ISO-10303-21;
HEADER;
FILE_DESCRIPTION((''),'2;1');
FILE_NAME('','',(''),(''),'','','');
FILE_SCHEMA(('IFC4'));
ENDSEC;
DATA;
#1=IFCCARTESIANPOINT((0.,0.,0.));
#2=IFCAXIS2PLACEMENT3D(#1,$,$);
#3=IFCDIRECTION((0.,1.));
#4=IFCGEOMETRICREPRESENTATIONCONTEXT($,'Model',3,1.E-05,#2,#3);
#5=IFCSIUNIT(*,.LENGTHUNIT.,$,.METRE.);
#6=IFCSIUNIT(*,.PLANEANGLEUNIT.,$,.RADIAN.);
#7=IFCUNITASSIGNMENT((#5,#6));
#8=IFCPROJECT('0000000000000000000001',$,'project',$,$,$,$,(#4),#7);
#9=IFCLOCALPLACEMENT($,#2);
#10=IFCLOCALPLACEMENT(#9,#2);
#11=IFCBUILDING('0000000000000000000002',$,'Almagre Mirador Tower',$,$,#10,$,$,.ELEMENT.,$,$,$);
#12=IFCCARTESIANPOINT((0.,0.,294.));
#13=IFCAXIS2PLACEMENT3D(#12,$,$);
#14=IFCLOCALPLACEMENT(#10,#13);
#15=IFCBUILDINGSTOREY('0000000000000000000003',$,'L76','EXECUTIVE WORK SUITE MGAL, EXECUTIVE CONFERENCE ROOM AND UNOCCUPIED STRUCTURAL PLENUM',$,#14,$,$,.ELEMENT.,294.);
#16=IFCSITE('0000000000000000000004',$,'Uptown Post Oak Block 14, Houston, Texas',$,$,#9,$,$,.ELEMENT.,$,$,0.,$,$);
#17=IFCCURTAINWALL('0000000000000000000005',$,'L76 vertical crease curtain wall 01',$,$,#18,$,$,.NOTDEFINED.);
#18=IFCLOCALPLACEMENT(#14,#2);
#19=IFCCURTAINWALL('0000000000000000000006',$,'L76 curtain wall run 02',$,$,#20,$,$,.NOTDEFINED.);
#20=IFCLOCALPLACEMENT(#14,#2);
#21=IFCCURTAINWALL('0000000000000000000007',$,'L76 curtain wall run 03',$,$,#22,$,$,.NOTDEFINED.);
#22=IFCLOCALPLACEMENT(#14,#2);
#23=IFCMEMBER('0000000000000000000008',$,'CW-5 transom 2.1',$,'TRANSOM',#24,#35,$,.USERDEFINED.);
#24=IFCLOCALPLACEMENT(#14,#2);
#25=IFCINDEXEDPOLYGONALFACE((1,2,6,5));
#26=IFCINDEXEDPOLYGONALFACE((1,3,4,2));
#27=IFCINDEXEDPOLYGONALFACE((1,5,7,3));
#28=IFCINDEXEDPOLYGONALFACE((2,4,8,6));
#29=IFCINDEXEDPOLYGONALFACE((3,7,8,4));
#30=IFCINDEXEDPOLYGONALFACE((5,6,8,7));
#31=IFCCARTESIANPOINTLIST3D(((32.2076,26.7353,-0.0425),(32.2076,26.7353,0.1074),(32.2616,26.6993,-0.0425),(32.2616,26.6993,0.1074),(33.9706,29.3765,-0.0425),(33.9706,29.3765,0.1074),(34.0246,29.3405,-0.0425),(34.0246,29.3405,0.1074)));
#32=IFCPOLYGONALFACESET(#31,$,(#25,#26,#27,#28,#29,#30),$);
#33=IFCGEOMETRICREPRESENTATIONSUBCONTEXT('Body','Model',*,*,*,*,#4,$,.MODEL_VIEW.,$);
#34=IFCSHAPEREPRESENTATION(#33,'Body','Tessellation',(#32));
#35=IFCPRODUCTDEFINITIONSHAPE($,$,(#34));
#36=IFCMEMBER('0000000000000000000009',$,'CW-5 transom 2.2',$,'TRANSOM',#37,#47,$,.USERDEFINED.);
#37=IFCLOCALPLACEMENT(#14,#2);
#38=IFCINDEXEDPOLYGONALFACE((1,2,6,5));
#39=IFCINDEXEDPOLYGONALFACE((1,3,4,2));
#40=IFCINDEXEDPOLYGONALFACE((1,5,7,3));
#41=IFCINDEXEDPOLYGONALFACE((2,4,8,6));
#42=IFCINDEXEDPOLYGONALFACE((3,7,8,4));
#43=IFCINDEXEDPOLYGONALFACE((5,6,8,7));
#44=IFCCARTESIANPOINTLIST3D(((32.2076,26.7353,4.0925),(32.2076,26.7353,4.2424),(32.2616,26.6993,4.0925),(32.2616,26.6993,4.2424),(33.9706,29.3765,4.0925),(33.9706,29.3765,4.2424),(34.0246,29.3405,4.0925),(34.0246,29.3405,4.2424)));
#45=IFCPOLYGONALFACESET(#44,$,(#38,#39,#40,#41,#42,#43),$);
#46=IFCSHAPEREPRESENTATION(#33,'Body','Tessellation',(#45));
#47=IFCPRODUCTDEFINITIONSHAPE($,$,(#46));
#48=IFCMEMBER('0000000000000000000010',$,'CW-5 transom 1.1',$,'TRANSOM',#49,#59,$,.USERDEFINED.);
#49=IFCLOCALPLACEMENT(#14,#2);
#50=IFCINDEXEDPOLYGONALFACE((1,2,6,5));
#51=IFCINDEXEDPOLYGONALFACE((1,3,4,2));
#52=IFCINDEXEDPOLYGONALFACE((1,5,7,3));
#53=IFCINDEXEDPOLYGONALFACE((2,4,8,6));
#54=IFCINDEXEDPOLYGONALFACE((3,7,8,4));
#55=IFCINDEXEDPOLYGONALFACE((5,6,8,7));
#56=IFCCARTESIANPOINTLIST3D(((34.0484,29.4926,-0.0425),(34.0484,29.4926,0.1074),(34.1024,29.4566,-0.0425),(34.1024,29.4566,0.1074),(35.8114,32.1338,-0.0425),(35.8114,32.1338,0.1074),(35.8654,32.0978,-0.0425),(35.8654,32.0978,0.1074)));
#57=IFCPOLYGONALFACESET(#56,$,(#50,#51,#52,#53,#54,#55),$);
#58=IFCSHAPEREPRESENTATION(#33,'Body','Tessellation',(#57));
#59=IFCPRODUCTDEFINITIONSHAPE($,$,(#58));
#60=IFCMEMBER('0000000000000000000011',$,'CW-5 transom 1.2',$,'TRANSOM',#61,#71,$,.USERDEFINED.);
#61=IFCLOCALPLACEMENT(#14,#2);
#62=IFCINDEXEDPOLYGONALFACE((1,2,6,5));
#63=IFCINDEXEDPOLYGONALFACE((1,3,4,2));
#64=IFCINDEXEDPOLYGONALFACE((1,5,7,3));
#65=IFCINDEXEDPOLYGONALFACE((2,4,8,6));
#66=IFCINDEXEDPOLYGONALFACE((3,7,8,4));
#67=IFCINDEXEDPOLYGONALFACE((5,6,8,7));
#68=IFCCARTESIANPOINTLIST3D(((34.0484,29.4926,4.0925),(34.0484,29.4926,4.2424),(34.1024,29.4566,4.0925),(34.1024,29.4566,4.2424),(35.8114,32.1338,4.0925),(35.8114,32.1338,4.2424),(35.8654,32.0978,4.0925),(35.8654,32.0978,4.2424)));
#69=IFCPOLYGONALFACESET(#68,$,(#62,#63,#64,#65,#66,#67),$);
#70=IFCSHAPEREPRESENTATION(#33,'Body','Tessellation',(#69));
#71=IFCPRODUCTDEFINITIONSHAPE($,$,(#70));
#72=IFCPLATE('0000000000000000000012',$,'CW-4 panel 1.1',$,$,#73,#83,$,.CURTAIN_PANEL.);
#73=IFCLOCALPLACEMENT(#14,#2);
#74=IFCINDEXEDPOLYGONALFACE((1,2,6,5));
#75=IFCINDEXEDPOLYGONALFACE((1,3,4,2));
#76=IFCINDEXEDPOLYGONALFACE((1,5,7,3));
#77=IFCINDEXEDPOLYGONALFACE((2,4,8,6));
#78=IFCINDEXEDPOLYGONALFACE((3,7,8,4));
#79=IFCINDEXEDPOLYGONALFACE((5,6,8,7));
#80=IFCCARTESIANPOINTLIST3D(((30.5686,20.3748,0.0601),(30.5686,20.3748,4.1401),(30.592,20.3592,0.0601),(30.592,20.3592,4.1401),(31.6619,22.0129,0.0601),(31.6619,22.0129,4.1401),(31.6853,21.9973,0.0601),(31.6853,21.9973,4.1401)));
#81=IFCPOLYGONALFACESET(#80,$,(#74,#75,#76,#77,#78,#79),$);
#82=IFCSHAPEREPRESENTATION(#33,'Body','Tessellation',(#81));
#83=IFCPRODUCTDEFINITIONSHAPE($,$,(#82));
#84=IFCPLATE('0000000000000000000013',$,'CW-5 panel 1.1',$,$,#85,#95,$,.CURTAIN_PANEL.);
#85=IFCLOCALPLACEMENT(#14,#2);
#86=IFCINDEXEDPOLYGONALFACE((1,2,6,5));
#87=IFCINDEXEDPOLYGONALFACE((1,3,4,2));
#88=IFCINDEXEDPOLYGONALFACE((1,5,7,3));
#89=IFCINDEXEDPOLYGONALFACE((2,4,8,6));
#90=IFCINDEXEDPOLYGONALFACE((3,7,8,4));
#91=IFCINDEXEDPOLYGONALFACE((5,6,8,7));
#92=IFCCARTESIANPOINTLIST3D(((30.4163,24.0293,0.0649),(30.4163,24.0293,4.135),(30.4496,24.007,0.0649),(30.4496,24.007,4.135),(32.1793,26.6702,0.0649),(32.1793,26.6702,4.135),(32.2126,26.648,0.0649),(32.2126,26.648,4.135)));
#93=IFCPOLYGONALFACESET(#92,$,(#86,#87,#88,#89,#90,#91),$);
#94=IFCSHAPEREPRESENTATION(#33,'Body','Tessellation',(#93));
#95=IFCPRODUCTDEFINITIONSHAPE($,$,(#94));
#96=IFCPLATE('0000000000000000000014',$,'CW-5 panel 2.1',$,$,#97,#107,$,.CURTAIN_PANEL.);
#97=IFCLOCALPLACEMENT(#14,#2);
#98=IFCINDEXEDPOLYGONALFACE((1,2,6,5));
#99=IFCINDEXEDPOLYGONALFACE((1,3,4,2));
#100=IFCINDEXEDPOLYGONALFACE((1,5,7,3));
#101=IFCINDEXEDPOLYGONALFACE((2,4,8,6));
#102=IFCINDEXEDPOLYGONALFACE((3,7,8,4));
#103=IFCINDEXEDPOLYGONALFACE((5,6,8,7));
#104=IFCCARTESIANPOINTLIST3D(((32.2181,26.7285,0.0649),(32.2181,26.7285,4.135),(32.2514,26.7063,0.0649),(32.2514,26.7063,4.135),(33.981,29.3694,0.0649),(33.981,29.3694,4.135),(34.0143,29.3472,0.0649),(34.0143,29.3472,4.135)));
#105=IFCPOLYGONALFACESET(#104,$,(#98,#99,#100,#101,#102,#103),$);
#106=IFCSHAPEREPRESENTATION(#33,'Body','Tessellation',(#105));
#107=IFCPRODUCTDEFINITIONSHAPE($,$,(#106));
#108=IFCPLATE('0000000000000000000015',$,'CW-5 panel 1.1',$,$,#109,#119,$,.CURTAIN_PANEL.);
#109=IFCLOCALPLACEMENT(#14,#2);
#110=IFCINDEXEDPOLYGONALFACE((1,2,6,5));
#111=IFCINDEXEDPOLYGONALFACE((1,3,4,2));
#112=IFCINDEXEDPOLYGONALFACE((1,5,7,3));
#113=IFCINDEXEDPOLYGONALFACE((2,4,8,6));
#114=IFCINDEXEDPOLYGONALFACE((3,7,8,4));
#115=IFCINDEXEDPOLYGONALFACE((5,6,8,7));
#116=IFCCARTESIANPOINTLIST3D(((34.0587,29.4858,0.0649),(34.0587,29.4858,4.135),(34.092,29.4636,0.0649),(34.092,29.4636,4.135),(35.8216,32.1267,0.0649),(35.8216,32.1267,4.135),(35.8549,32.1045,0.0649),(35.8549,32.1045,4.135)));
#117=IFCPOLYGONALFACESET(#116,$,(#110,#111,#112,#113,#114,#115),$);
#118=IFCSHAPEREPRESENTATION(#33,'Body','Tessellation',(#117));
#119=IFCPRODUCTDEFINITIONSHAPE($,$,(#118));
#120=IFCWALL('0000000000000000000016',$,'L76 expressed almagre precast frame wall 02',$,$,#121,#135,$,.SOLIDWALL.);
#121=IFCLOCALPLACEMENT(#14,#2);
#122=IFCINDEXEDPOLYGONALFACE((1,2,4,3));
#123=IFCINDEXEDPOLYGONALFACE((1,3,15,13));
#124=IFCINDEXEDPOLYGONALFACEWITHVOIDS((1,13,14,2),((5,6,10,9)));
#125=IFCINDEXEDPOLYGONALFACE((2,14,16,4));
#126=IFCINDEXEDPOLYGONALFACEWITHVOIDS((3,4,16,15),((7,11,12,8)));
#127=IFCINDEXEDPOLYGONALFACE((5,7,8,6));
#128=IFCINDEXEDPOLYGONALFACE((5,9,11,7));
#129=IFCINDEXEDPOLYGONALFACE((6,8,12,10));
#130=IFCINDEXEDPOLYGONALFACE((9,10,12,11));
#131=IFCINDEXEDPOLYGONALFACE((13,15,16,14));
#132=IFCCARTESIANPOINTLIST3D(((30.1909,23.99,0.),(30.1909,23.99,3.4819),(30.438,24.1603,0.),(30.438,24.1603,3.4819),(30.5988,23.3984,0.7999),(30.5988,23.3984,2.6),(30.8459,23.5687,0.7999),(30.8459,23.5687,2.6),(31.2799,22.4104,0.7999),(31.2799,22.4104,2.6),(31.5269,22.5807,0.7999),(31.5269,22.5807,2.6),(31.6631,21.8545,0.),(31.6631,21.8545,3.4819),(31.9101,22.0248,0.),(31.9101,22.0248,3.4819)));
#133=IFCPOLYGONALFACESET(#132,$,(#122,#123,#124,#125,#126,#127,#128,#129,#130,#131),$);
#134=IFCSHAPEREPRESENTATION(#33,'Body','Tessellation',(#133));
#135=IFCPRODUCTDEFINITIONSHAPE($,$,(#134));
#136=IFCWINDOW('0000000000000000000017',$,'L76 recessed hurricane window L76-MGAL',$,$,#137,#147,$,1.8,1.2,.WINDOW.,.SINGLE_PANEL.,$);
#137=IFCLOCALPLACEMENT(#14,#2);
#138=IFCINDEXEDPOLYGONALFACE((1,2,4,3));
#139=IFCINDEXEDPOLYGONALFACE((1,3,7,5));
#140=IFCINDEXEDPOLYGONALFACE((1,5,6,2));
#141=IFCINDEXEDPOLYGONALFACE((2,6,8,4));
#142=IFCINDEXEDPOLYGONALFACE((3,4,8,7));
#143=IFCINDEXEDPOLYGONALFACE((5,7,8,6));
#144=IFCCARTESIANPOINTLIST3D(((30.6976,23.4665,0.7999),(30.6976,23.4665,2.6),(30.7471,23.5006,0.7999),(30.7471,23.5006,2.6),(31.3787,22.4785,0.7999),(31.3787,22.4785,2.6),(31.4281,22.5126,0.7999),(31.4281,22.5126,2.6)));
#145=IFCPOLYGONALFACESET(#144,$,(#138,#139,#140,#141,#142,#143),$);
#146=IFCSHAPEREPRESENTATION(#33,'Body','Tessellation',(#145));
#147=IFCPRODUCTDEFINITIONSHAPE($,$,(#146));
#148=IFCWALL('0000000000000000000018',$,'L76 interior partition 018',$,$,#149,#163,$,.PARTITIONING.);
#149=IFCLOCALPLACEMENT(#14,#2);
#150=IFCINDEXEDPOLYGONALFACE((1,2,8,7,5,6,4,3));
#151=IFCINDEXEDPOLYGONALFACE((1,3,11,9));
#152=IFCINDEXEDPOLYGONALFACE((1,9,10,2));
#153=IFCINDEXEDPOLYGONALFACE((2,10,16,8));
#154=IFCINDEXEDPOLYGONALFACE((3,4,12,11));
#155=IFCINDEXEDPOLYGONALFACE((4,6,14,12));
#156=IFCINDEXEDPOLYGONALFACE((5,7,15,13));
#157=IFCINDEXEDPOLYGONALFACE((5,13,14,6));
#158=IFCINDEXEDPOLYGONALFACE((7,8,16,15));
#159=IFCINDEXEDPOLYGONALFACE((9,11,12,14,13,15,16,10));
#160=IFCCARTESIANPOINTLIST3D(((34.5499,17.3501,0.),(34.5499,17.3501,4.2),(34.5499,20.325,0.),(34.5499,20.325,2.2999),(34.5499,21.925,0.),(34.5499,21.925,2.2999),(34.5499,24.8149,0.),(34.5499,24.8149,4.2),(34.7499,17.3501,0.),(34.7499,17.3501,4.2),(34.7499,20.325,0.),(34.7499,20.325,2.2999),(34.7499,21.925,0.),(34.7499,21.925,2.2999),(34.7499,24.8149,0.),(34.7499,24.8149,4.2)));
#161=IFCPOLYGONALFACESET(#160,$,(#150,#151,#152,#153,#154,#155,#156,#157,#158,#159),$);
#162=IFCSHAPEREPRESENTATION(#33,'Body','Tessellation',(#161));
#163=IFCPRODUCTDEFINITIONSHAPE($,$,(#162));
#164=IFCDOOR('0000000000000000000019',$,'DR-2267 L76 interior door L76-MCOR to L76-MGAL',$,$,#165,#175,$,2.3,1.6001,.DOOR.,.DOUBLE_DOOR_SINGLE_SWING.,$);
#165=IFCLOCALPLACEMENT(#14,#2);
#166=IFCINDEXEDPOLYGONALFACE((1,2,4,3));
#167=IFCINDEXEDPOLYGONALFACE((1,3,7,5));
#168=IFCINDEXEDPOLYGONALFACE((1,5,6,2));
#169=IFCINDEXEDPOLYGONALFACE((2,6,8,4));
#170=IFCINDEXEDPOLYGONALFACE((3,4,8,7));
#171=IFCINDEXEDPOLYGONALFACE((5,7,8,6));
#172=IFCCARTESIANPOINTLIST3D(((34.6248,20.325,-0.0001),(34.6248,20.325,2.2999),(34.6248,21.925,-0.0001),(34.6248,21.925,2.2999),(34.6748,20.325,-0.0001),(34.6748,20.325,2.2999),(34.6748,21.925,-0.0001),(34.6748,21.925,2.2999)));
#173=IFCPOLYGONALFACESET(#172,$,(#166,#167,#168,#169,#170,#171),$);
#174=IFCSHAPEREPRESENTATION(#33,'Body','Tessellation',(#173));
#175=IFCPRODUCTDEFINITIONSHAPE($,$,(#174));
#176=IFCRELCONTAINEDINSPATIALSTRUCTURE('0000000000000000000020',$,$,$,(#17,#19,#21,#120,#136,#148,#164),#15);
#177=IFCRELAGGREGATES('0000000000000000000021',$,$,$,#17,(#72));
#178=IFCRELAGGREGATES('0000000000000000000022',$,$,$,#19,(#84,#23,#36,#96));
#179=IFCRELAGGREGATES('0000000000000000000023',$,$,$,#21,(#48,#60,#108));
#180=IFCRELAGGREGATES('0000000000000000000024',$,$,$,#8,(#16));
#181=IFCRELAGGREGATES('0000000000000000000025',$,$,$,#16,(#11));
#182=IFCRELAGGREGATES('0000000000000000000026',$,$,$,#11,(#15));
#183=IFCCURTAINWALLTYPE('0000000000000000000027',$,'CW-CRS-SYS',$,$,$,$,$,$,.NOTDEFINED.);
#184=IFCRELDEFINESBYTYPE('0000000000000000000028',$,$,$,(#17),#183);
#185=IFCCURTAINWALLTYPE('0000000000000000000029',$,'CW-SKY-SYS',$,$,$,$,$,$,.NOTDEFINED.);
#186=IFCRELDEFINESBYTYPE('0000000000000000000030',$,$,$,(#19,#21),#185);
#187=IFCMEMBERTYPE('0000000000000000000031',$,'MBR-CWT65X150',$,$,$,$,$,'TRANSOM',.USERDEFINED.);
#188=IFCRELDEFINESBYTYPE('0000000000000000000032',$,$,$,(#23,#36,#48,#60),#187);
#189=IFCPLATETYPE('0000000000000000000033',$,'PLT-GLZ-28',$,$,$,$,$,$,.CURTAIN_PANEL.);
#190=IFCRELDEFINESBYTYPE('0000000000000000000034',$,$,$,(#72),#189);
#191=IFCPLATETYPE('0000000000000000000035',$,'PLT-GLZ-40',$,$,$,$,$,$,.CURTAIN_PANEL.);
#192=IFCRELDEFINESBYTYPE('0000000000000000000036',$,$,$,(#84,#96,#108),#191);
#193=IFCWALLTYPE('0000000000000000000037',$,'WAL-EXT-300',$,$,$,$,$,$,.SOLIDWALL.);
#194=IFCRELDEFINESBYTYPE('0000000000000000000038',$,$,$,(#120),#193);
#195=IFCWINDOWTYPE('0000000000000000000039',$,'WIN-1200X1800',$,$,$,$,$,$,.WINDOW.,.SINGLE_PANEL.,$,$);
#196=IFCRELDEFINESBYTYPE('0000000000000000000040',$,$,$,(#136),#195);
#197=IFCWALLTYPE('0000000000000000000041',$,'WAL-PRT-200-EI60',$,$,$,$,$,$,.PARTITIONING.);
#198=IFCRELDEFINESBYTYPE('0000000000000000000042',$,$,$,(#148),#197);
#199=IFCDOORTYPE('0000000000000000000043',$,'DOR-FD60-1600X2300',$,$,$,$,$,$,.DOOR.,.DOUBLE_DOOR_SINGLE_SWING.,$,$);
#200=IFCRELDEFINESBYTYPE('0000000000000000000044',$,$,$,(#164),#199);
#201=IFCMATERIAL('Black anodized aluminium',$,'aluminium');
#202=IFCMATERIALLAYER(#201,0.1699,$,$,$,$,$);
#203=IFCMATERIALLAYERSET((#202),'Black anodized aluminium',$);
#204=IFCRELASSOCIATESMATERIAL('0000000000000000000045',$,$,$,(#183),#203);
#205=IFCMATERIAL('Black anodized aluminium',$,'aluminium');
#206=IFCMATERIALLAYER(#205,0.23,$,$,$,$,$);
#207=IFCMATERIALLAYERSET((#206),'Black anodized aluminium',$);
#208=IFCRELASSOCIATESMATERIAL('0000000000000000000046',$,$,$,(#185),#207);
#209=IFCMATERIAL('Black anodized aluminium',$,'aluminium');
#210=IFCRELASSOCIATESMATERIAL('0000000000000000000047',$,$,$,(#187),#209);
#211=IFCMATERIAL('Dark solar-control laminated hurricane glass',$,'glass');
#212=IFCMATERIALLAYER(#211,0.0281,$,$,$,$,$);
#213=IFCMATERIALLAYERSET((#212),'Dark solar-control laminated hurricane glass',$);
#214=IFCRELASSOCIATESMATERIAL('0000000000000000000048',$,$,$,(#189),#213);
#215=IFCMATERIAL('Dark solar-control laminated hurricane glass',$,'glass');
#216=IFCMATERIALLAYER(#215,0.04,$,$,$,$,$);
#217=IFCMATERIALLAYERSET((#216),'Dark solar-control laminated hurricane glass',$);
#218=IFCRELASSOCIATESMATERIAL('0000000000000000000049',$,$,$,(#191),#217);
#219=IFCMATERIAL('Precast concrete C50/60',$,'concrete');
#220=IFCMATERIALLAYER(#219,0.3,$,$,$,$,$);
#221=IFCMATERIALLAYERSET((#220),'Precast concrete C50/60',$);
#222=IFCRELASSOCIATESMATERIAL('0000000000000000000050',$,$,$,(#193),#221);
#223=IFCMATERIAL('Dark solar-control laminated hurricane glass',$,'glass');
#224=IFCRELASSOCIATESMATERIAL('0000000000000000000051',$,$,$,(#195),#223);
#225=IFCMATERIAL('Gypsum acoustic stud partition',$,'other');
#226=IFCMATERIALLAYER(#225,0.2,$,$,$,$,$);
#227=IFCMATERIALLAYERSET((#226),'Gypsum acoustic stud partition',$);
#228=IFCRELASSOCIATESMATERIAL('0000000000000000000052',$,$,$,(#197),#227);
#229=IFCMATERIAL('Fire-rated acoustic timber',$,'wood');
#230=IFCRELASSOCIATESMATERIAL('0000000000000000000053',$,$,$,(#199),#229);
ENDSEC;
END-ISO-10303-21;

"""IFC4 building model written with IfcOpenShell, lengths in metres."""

from ifc_helpers import new_model, si_unit, direction, frame, frame_2d, origin, origin_2d, place, context, subcontext, project, spatial, rectangle, extrude, material, layer, layer_set, material_profile, profile_set, type_object, element, fill, aggregate, save


model = new_model("IFC4")

# Units and contexts
model_context = context("Model", 3, precision=1e-05, world=origin(), true_north=direction((0.0, 1.0)))
body_context = subcontext(model_context, "Body", "Model", "MODEL_VIEW")
ifc_project = project(units=[si_unit("LENGTHUNIT", "METRE"), si_unit("PLANEANGLEUNIT", "RADIAN")], contexts=[model_context])

# Site, building, storey
site_placement = place(None, origin())
site = spatial("IfcSite", under=ifc_project, at=site_placement, Name="Uptown Post Oak Block 14, Houston, Texas", CompositionType="ELEMENT", RefElevation=0.0)
building_placement = place(site_placement, origin())
building = spatial("IfcBuilding", under=site, at=building_placement, Name="Almagre Mirador Tower", CompositionType="ELEMENT")
storey_placement = place(building_placement, frame((0.0, 0.0, 294.0)))
storey = spatial("IfcBuildingStorey", under=building, at=storey_placement, Name="L76", Description="EXECUTIVE WORK SUITE MGAL, EXECUTIVE CONFERENCE ROOM AND UNOCCUPIED STRUCTURAL PLENUM", CompositionType="ELEMENT", Elevation=294.0)

# Curtain walls
ifc_material_1 = material(Name="Black anodized aluminium", Category="aluminium")
ifc_layer_1 = layer(ifc_material_1, 0.1699)
ifc_layer_set_1 = layer_set([ifc_layer_1], Name="Black anodized aluminium")
curtain_wall_type_1 = type_object("IfcCurtainWallType", Name="CW-CRS-SYS", PredefinedType="NOTDEFINED", material=ifc_layer_set_1)
curtain_wall_1_placement = place(storey_placement, origin())
curtain_wall_1 = element("IfcCurtainWall", 1, at=curtain_wall_1_placement, inside=storey, type_object=curtain_wall_type_1, Name="L76 vertical crease curtain wall 01", PredefinedType="NOTDEFINED")
ifc_material_2 = material(Name="Black anodized aluminium", Category="aluminium")
ifc_layer_2 = layer(ifc_material_2, 0.23)
ifc_layer_set_2 = layer_set([ifc_layer_2], Name="Black anodized aluminium")
curtain_wall_type_2 = type_object("IfcCurtainWallType", Name="CW-SKY-SYS", PredefinedType="NOTDEFINED", material=ifc_layer_set_2)
curtain_wall_2_placement = place(storey_placement, origin())
curtain_wall_2 = element("IfcCurtainWall", 2, at=curtain_wall_2_placement, inside=storey, type_object=curtain_wall_type_2, Name="L76 curtain wall run 02", PredefinedType="NOTDEFINED")

# Curtain wall
curtain_wall_3_placement = place(storey_placement, origin())
curtain_wall_3 = element("IfcCurtainWall", 3, at=curtain_wall_3_placement, inside=storey, type_object=curtain_wall_type_2, Name="L76 curtain wall run 03", PredefinedType="NOTDEFINED")

# Members
ifc_material_3 = material(Name="Black anodized aluminium", Category="aluminium")
ifc_material_profile_1 = material_profile(ifc_material_3, rectangle(XDim=0.0649, YDim=0.1499, at=origin_2d()), Name="CWT65X150")
ifc_profile_set_1 = profile_set([ifc_material_profile_1], Name="Black anodized aluminium")
member_type_1 = type_object("IfcMemberType", Name="MBR-CWT65X150", ElementType="TRANSOM", PredefinedType="USERDEFINED", material=ifc_profile_set_1)
member_1_placement = place(storey_placement, frame((32.2346, 26.7173, 0.0325), z_axis=(0.555179, 0.831731, 0.0), x_axis=(-0.831731, 0.555179, 0.0)))
member_1 = element("IfcMember", 4, at=member_1_placement, type_object=member_type_1, Name="CW-5 transom 2.1", ObjectType="TRANSOM", PredefinedType="USERDEFINED", context=body_context, shape_type="SweptSolid", body=[
    extrude(rectangle(XDim=0.0649, YDim=0.1499, at=origin_2d()), origin(), (0.0, 0.0, 1.0), 3.1755),
])
member_2_placement = place(storey_placement, frame((32.2346, 26.7173, 4.1675), z_axis=(0.555179, 0.831731, 0.0), x_axis=(-0.831731, 0.555179, 0.0)))
member_2 = element("IfcMember", 5, at=member_2_placement, type_object=member_type_1, Name="CW-5 transom 2.2", ObjectType="TRANSOM", PredefinedType="USERDEFINED", context=body_context, shape_type="SweptSolid", body=[
    extrude(rectangle(XDim=0.0649, YDim=0.1499, at=origin_2d()), origin(), (0.0, 0.0, 1.0), 3.1755),
])
member_3_placement = place(storey_placement, frame((34.0754, 29.4746, 0.0325), z_axis=(0.555179, 0.831731, 0.0), x_axis=(-0.831731, 0.555179, 0.0)))
member_3 = element("IfcMember", 6, at=member_3_placement, type_object=member_type_1, Name="CW-5 transom 1.1", ObjectType="TRANSOM", PredefinedType="USERDEFINED", context=body_context, shape_type="SweptSolid", body=[
    extrude(rectangle(XDim=0.0649, YDim=0.1499, at=origin_2d()), origin(), (0.0, 0.0, 1.0), 3.1755),
])
member_4_placement = place(storey_placement, frame((34.0754, 29.4746, 4.1675), z_axis=(0.555179, 0.831731, 0.0), x_axis=(-0.831731, 0.555179, 0.0)))
member_4 = element("IfcMember", 7, at=member_4_placement, type_object=member_type_1, Name="CW-5 transom 1.2", ObjectType="TRANSOM", PredefinedType="USERDEFINED", context=body_context, shape_type="SweptSolid", body=[
    extrude(rectangle(XDim=0.0649, YDim=0.1499, at=origin_2d()), origin(), (0.0, 0.0, 1.0), 3.1755),
])

# Plates
ifc_material_4 = material(Name="Dark solar-control laminated hurricane glass", Category="glass")
ifc_layer_3 = layer(ifc_material_4, 0.0281)
ifc_layer_set_3 = layer_set([ifc_layer_3], Name="Dark solar-control laminated hurricane glass")
plate_type_1 = type_object("IfcPlateType", Name="PLT-GLZ-28", PredefinedType="CURTAIN_PANEL", material=ifc_layer_set_3)
plate_1_placement = place(storey_placement, frame((31.127, 21.186, 0.0601), z_axis=(0.0, 0.0, 1.0), x_axis=(0.555142, 0.831756, 0.0)))
plate_1 = element("IfcPlate", 8, at=plate_1_placement, type_object=plate_type_1, Name="CW-4 panel 1.1", PredefinedType="CURTAIN_PANEL", context=body_context, shape_type="SweptSolid", body=[
    extrude(rectangle(XDim=1.9695, YDim=0.0281, at=origin_2d()), origin(), (0.0, 0.0, 1.0), 4.0801),
])
aggregate(curtain_wall_1, [plate_1])
ifc_material_5 = material(Name="Dark solar-control laminated hurricane glass", Category="glass")
ifc_layer_4 = layer(ifc_material_5, 0.04)
ifc_layer_set_4 = layer_set([ifc_layer_4], Name="Dark solar-control laminated hurricane glass")
plate_type_2 = type_object("IfcPlateType", Name="PLT-GLZ-40", PredefinedType="CURTAIN_PANEL", material=ifc_layer_set_4)
plate_2_placement = place(storey_placement, frame((31.3145, 25.3386, 0.0649), z_axis=(0.0, 0.0, 1.0), x_axis=(0.55521, 0.83171, 0.0)))
plate_2 = element("IfcPlate", 9, at=plate_2_placement, type_object=plate_type_2, Name="CW-5 panel 1.1", PredefinedType="CURTAIN_PANEL", context=body_context, shape_type="SweptSolid", body=[
    extrude(rectangle(XDim=3.1753, YDim=0.04, at=origin_2d()), origin(), (0.0, 0.0, 1.0), 4.0701),
])
plate_3_placement = place(storey_placement, frame((33.1162, 28.0378, 0.0649), z_axis=(0.0, 0.0, 1.0), x_axis=(0.55521, 0.83171, 0.0)))
plate_3 = element("IfcPlate", 10, at=plate_3_placement, type_object=plate_type_2, Name="CW-5 panel 2.1", PredefinedType="CURTAIN_PANEL", context=body_context, shape_type="SweptSolid", body=[
    extrude(rectangle(XDim=3.1753, YDim=0.04, at=origin_2d()), origin(), (0.0, 0.0, 1.0), 4.0701),
])
aggregate(curtain_wall_2, [plate_2, member_1, member_2, plate_3])
plate_4_placement = place(storey_placement, frame((34.9568, 30.7952, 0.0649), z_axis=(0.0, 0.0, 1.0), x_axis=(0.55521, 0.83171, 0.0)))
plate_4 = element("IfcPlate", 11, at=plate_4_placement, type_object=plate_type_2, Name="CW-5 panel 1.1", PredefinedType="CURTAIN_PANEL", context=body_context, shape_type="SweptSolid", body=[
    extrude(rectangle(XDim=3.1753, YDim=0.04, at=origin_2d()), origin(), (0.0, 0.0, 1.0), 4.0701),
])
aggregate(curtain_wall_3, [member_3, member_4, plate_4])

# Wall, opening, window
ifc_material_6 = material(Name="Precast concrete C50/60", Category="concrete")
ifc_layer_5 = layer(ifc_material_6, 0.3)
ifc_layer_set_5 = layer_set([ifc_layer_5], Name="Precast concrete C50/60")
wall_type_1 = type_object("IfcWallType", Name="WAL-EXT-300", PredefinedType="SOLIDWALL", material=ifc_layer_set_5)
wall_1_placement = place(storey_placement, frame((31.7866, 21.9397, 0.0), z_axis=(0.0, 0.0, 1.0), x_axis=(-0.567579, 0.823319, 0.0)))
wall_1 = element("IfcWall", 12, at=wall_1_placement, inside=storey, type_object=wall_type_1, Name="L76 expressed almagre precast frame wall 02", PredefinedType="SOLIDWALL", context=body_context, shape_type="SweptSolid", body=[
    extrude(rectangle(XDim=2.5938, YDim=0.3, at=frame_2d((1.2969, 0.0))), origin(), (0.0, 0.0, 1.0), 3.4819),
])
opening_1_placement = place(wall_1_placement, frame((0.675, 0.0, 0.8)))
opening_1 = element("IfcOpeningElement", 13, at=opening_1_placement, cuts=wall_1, PredefinedType="OPENING", context=body_context, shape_type="SweptSolid", body=[
    extrude(rectangle(XDim=1.2, YDim=1.8, at=frame_2d((0.6001, 0.8999))), frame((0.0, 0.1599, 0.0), z_axis=(0.0, -1.0, 0.0), x_axis=(1.0, 0.0, 0.0)), (0.0, 0.0, 1.0), 0.32),
])
ifc_material_7 = material(Name="Dark solar-control laminated hurricane glass", Category="glass")
window_type = type_object("IfcWindowType", Name="WIN-1200X1800", PartitioningType="SINGLE_PANEL", PredefinedType="WINDOW", material=ifc_material_7)
window_placement = place(opening_1_placement, origin())
window = element("IfcWindow", 14, at=window_placement, inside=storey, type_object=window_type, Name="L76 recessed hurricane window L76-MGAL", OverallHeight=1.8, OverallWidth=1.2, PartitioningType="SINGLE_PANEL", PredefinedType="WINDOW", context=body_context, shape_type="SweptSolid", body=[
    extrude(rectangle(XDim=1.2, YDim=1.8, at=frame_2d((0.6001, 0.8999))), frame((0.0, 0.03, 0.0), z_axis=(0.0, -1.0, 0.0), x_axis=(1.0, 0.0, 0.0)), (0.0, 0.0, 1.0), 0.0601),
])
fill(opening_1, window)

# Wall, opening, door
ifc_material_8 = material(Name="Gypsum acoustic stud partition", Category="other")
ifc_layer_6 = layer(ifc_material_8, 0.2)
ifc_layer_set_6 = layer_set([ifc_layer_6], Name="Gypsum acoustic stud partition")
wall_type_2 = type_object("IfcWallType", Name="WAL-PRT-200-EI60", PredefinedType="PARTITIONING", material=ifc_layer_set_6)
wall_2_placement = place(storey_placement, frame((34.6499, 24.8149, 0.0), z_axis=(0.0, 0.0, 1.0), x_axis=(0.0, -1.0, 0.0)))
wall_2 = element("IfcWall", 15, at=wall_2_placement, inside=storey, type_object=wall_type_2, Name="L76 interior partition 018", PredefinedType="PARTITIONING", context=body_context, shape_type="SweptSolid", body=[
    extrude(rectangle(XDim=7.4648, YDim=0.2, at=frame_2d((3.7324, 0.0))), origin(), (0.0, 0.0, 1.0), 4.2),
])
opening_2_placement = place(wall_2_placement, frame((2.8899, 0.0, 0.0)))
opening_2 = element("IfcOpeningElement", 16, at=opening_2_placement, cuts=wall_2, PredefinedType="OPENING", context=body_context, shape_type="SweptSolid", body=[
    extrude(rectangle(XDim=1.6001, YDim=2.3, at=frame_2d((0.8, 1.1499))), frame((0.0, 0.1101, 0.0), z_axis=(0.0, -1.0, 0.0), x_axis=(1.0, 0.0, 0.0)), (0.0, 0.0, 1.0), 0.22),
])
ifc_material_9 = material(Name="Fire-rated acoustic timber", Category="wood")
door_type = type_object("IfcDoorType", Name="DOR-FD60-1600X2300", OperationType="DOUBLE_DOOR_SINGLE_SWING", PredefinedType="DOOR", material=ifc_material_9)
door_placement = place(opening_2_placement, origin())
door = element("IfcDoor", 17, at=door_placement, inside=storey, type_object=door_type, Name="DR-2267 L76 interior door L76-MCOR to L76-MGAL", OperationType="DOUBLE_DOOR_SINGLE_SWING", OverallHeight=2.3, OverallWidth=1.6001, PredefinedType="DOOR", context=body_context, shape_type="SweptSolid", body=[
    extrude(rectangle(XDim=1.6001, YDim=2.3, at=frame_2d((0.8, 1.1499))), frame((0.0, 0.0249, 0.0), z_axis=(0.0, -1.0, 0.0), x_axis=(1.0, 0.0, 0.0)), (0.0, 0.0, 1.0), 0.05),
])
fill(opening_2, door)

save(model, "model.ifc")
